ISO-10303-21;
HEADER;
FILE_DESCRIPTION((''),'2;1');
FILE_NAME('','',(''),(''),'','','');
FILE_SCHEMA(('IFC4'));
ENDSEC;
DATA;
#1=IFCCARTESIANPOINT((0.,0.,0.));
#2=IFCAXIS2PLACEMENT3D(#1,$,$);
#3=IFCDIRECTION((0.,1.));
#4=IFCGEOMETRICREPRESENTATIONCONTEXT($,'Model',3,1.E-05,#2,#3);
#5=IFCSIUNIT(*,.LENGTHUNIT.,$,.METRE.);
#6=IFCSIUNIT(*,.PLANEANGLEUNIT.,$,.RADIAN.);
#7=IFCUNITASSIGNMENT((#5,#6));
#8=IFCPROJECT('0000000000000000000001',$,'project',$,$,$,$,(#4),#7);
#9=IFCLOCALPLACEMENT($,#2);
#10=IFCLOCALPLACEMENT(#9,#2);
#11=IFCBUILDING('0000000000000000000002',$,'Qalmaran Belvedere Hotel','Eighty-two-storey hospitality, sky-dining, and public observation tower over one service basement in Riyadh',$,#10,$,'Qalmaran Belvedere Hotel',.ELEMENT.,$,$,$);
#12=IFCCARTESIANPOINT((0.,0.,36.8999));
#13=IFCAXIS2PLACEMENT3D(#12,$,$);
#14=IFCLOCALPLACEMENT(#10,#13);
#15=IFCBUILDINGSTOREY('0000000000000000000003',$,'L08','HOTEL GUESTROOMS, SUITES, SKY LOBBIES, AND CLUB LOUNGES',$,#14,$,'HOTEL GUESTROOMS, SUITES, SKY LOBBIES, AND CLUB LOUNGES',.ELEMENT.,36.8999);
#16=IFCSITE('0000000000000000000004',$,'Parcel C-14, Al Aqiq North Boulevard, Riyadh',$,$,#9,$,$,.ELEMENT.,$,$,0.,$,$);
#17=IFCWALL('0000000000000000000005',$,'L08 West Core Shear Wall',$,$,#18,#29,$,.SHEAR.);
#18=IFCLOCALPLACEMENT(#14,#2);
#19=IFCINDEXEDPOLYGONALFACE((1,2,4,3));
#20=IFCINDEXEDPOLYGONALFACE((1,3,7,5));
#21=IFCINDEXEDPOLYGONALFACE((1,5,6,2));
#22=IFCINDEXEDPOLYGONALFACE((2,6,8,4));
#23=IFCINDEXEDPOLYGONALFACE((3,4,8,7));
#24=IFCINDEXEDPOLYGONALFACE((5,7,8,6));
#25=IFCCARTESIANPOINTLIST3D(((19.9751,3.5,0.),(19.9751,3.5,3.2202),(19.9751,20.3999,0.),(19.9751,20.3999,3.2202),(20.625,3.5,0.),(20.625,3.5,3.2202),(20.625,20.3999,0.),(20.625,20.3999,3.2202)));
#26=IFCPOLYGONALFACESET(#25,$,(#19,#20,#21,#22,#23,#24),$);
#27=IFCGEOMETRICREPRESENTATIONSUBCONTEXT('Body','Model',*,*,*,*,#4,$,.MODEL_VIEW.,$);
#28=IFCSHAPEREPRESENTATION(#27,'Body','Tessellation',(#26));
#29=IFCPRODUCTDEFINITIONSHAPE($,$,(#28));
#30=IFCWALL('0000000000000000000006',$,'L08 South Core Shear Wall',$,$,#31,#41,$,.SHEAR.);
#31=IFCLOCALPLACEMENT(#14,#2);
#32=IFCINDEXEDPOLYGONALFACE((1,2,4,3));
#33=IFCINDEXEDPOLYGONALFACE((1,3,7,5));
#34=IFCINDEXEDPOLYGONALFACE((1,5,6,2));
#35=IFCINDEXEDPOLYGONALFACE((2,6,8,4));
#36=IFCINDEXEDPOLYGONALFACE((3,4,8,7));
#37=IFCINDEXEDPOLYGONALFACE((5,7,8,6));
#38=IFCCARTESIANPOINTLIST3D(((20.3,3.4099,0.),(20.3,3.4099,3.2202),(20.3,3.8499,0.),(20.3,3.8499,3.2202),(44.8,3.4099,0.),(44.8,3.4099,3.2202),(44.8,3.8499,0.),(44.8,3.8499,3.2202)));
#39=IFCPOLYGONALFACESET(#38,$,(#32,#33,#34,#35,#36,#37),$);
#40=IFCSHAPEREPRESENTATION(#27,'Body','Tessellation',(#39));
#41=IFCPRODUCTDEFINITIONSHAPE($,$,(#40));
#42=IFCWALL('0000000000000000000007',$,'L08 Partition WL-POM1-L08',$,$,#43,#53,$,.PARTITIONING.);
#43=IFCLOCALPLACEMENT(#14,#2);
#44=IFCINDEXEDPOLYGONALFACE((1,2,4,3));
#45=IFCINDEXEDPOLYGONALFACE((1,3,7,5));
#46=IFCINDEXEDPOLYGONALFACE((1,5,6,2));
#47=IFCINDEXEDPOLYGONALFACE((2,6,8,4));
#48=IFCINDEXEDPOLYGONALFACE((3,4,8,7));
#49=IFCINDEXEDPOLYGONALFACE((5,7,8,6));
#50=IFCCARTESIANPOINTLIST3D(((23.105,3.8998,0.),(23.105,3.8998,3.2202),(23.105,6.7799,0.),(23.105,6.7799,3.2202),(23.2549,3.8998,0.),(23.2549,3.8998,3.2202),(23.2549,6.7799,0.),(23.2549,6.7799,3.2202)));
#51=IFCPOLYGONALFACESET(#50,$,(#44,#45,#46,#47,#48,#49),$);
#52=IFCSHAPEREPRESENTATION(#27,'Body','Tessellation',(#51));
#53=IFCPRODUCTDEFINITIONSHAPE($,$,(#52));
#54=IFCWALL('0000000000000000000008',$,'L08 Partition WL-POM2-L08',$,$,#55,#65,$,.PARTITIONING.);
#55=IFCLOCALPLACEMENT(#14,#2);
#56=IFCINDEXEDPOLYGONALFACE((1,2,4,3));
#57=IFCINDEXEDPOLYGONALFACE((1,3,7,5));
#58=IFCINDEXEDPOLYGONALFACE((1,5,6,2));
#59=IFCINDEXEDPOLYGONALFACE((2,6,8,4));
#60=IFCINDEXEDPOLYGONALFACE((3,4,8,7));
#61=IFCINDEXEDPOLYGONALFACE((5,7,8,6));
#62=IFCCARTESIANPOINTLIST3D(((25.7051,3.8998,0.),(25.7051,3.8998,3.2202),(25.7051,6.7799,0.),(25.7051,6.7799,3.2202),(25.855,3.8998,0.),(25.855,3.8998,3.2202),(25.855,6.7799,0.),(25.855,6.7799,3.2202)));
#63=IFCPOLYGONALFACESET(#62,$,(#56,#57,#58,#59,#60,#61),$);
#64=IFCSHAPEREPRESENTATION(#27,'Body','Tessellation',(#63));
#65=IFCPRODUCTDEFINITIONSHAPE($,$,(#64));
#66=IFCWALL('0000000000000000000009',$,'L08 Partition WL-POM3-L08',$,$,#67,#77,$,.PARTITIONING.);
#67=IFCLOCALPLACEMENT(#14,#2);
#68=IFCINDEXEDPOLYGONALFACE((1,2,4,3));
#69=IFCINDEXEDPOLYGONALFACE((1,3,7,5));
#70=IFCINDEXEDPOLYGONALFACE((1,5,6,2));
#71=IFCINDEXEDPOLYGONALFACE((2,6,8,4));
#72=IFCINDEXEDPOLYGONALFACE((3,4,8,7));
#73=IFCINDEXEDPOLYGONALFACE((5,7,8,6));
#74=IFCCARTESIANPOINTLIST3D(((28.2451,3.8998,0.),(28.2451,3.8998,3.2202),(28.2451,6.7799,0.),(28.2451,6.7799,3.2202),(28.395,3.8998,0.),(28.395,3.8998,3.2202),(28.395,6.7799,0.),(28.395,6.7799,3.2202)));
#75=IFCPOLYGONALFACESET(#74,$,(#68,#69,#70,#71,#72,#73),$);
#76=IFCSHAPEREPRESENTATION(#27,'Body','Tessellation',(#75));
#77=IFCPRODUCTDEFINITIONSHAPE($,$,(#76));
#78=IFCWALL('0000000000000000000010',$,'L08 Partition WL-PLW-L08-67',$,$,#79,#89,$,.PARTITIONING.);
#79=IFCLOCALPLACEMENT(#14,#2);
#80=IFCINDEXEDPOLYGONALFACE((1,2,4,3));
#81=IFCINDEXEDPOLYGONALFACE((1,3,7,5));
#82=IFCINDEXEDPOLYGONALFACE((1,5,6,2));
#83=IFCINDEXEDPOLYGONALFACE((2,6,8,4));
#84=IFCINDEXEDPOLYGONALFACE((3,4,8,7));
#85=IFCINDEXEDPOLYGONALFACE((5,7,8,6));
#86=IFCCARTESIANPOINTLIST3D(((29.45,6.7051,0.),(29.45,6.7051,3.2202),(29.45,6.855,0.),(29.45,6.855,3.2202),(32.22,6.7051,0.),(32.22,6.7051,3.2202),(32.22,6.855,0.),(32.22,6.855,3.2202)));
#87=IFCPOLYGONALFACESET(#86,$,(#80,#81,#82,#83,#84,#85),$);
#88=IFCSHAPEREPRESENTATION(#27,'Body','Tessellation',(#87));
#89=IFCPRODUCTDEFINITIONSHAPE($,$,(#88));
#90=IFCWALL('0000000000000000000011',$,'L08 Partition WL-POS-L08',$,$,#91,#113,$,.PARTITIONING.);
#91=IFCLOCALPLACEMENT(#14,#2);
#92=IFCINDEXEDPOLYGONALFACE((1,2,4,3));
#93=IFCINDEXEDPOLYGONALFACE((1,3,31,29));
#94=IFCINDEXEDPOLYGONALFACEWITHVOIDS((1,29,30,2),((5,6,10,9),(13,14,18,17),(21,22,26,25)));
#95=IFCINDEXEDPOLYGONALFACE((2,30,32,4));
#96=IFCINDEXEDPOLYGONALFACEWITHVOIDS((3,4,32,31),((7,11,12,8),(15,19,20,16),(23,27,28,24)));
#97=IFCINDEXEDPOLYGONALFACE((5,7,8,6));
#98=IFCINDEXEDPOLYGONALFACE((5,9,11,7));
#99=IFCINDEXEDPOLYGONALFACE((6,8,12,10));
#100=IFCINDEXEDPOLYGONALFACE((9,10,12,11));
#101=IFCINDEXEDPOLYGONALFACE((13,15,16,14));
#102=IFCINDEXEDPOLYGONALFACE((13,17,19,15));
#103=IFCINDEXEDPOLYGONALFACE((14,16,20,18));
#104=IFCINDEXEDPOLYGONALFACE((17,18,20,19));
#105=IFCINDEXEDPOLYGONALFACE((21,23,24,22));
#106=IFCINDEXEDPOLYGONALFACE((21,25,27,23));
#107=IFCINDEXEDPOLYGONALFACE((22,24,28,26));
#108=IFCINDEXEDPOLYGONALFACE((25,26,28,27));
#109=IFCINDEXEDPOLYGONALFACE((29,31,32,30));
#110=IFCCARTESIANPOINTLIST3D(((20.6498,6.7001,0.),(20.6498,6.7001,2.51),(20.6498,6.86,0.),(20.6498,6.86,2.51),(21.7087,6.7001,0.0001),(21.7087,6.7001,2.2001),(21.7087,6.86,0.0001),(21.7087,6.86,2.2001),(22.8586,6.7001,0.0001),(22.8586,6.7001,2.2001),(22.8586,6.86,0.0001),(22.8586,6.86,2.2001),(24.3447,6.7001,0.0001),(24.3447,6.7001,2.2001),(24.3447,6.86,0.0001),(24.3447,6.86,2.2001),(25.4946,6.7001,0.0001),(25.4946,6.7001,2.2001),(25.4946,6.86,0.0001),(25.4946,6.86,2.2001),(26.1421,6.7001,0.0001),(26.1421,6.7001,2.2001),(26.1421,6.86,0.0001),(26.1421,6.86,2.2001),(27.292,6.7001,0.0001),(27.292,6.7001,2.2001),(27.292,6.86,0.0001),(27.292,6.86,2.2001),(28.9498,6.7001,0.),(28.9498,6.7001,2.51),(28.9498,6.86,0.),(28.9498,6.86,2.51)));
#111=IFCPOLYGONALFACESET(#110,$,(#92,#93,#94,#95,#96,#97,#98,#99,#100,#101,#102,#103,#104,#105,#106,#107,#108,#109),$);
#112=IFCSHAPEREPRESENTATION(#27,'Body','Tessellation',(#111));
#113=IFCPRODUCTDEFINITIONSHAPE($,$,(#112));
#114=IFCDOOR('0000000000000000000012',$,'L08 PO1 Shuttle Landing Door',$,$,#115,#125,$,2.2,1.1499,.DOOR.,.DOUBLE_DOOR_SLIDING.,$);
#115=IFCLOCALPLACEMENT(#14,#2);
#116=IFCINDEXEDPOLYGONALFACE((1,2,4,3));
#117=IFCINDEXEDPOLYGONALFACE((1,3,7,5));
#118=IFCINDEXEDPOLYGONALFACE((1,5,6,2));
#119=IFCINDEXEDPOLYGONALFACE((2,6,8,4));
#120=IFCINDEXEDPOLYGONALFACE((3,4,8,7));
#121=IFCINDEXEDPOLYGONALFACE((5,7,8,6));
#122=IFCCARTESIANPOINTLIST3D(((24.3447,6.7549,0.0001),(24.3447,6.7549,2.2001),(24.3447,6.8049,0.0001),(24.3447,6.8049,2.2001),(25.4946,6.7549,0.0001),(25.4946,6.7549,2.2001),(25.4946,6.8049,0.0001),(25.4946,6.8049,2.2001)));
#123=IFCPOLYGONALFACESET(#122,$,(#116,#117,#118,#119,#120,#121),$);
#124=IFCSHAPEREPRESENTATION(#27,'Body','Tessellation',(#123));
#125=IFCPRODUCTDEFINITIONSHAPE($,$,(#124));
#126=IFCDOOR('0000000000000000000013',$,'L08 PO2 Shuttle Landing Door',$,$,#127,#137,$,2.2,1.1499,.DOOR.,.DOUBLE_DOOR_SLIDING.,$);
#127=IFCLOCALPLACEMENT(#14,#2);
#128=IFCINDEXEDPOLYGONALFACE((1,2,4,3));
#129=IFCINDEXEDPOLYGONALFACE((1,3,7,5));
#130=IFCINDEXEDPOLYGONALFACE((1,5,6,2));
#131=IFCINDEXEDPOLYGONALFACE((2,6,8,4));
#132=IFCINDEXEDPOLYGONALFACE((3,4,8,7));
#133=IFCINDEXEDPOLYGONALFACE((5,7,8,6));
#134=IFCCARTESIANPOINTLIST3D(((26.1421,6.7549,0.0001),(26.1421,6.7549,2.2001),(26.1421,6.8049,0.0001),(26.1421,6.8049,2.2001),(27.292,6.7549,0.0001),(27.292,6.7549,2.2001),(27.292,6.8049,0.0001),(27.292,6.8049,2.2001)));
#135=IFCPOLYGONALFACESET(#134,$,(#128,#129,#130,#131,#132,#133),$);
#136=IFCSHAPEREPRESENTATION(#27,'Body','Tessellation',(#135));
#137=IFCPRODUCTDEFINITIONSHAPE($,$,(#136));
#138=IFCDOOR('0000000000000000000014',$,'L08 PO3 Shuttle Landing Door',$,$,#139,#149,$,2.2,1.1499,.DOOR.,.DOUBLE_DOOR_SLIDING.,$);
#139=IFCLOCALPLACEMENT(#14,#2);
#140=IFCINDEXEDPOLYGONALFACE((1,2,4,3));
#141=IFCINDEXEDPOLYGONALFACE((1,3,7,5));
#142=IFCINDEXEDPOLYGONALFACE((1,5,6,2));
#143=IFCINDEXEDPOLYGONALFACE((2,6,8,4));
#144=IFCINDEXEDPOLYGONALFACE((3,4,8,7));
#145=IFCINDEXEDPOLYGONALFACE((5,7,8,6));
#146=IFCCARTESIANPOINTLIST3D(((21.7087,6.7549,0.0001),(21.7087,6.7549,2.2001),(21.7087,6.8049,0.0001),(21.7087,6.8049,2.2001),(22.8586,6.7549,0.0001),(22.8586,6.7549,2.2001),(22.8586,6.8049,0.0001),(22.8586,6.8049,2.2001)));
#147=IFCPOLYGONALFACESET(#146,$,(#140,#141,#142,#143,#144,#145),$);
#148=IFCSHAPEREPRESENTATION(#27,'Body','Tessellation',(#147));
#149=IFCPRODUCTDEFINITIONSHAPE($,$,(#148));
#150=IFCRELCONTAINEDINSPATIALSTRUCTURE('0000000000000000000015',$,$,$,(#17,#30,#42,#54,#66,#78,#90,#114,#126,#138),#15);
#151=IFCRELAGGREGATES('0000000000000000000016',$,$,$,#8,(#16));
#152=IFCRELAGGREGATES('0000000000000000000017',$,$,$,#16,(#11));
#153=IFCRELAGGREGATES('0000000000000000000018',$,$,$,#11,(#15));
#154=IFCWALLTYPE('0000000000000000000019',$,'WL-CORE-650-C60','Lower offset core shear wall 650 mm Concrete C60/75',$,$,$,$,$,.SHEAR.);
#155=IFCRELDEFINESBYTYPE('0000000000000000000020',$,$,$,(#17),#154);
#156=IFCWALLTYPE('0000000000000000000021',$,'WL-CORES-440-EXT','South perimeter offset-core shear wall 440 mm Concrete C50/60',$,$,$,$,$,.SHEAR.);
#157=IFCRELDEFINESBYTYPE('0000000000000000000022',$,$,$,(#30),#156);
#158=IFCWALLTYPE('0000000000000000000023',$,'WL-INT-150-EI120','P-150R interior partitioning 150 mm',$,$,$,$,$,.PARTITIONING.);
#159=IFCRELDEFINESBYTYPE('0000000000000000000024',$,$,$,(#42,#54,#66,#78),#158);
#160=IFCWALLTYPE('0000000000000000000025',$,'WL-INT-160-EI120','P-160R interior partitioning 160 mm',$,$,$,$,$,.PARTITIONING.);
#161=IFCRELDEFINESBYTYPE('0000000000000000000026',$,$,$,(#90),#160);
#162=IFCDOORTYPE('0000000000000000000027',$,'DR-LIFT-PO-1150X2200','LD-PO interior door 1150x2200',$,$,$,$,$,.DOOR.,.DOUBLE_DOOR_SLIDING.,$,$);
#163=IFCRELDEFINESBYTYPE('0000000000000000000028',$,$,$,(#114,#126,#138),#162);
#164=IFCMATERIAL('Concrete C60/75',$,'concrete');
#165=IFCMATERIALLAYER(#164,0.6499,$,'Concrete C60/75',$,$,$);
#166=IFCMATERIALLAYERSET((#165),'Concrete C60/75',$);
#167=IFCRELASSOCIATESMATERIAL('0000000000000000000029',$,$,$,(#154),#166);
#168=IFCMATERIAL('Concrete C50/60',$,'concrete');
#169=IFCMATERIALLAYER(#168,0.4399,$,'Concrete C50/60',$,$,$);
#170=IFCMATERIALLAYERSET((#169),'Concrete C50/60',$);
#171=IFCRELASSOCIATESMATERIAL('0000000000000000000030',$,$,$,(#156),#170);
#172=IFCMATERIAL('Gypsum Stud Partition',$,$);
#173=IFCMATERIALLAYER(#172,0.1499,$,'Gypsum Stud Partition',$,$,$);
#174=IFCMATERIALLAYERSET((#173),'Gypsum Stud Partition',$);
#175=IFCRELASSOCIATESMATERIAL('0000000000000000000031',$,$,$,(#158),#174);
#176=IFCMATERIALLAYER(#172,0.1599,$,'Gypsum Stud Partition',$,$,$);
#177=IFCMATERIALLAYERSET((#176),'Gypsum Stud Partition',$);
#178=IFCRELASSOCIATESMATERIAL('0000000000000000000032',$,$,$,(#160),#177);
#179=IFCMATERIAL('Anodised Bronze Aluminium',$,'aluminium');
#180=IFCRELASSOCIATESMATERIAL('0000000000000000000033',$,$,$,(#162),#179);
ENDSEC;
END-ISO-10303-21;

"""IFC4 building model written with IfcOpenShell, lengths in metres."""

from ifc_helpers import new_model, si_unit, direction, frame, frame_2d, origin, place, context, subcontext, project, spatial, rectangle, extrude, material, layer, layer_set, type_object, element, fill, save


model = new_model("IFC4")

# Units and contexts
model_context = context("Model", 3, precision=1e-05, world=origin(), true_north=direction((0.0, 1.0)))
body_context = subcontext(model_context, "Body", "Model", "MODEL_VIEW")
ifc_project = project(units=[si_unit("LENGTHUNIT", "METRE"), si_unit("PLANEANGLEUNIT", "RADIAN")], contexts=[model_context])

# Site, building, storey
site_placement = place(None, origin())
site = spatial("IfcSite", under=ifc_project, at=site_placement, Name="Parcel C-14, Al Aqiq North Boulevard, Riyadh", CompositionType="ELEMENT", RefElevation=0.0)
building_placement = place(site_placement, origin())
building = spatial("IfcBuilding", under=site, at=building_placement, Name="Qalmaran Belvedere Hotel", Description="Eighty-two-storey hospitality, sky-dining, and public observation tower over one service basement in Riyadh", LongName="Qalmaran Belvedere Hotel", CompositionType="ELEMENT")
storey_placement = place(building_placement, frame((0.0, 0.0, 36.8999)))
storey = spatial("IfcBuildingStorey", under=building, at=storey_placement, Name="L08", Description="HOTEL GUESTROOMS, SUITES, SKY LOBBIES, AND CLUB LOUNGES", LongName="HOTEL GUESTROOMS, SUITES, SKY LOBBIES, AND CLUB LOUNGES", CompositionType="ELEMENT", Elevation=36.8999)

# Shared definitions
ifc_material_1 = material(Name="Concrete C60/75", Category="concrete")

# Shared definitions
ifc_material_2 = material(Name="Anodised Bronze Aluminium", Category="aluminium")

# Wall
ifc_layer_1 = layer(ifc_material_1, 0.6499, Name="Concrete C60/75")
ifc_layer_set_1 = layer_set([ifc_layer_1], Name="Concrete C60/75")
wall_type_1 = type_object("IfcWallType", Name="WL-CORE-650-C60", Description="Lower offset core shear wall 650 mm Concrete C60/75", PredefinedType="SHEAR", material=ifc_layer_set_1)
wall_1_placement = place(storey_placement, frame((20.3, 3.5, 0.0), z_axis=(0.0, 0.0, 1.0), x_axis=(0.0, 1.0, 0.0)))
element("IfcWall", 1, at=wall_1_placement, inside=storey, type_object=wall_type_1, Name="L08 West Core Shear Wall", PredefinedType="SHEAR", context=body_context, shape_type="SweptSolid", body=[
    extrude(rectangle(XDim=16.8999, YDim=0.6499, at=frame_2d((8.45, 0.0))), origin(), (0.0, 0.0, 1.0), 3.2202),
])

# Walls
ifc_material_3 = material(Name="Concrete C50/60", Category="concrete")
ifc_layer_2 = layer(ifc_material_3, 0.4399, Name="Concrete C50/60")
ifc_layer_set_2 = layer_set([ifc_layer_2], Name="Concrete C50/60")
wall_type_2 = type_object("IfcWallType", Name="WL-CORES-440-EXT", Description="South perimeter offset-core shear wall 440 mm Concrete C50/60", PredefinedType="SHEAR", material=ifc_layer_set_2)
wall_2_placement = place(storey_placement, frame((20.3, 3.6299, 0.0), z_axis=(0.0, 0.0, 1.0), x_axis=(1.0, 0.0, 0.0)))
element("IfcWall", 2, at=wall_2_placement, inside=storey, type_object=wall_type_2, Name="L08 South Core Shear Wall", PredefinedType="SHEAR", context=body_context, shape_type="SweptSolid", body=[
    extrude(rectangle(XDim=24.5, YDim=0.4399, at=frame_2d((12.25, 0.0))), origin(), (0.0, 0.0, 1.0), 3.2202),
])
ifc_material_4 = material(Name="Gypsum Stud Partition")
ifc_layer_3 = layer(ifc_material_4, 0.1499, Name="Gypsum Stud Partition")
ifc_layer_set_3 = layer_set([ifc_layer_3], Name="Gypsum Stud Partition")
wall_type_3 = type_object("IfcWallType", Name="WL-INT-150-EI120", Description="P-150R interior partitioning 150 mm", PredefinedType="PARTITIONING", material=ifc_layer_set_3)
for number, where, z_axis, x_axis, name in (
    (3, (23.1799, 3.8999, 0.0), (0.0, 0.0, 1.0), (0.0, 1.0, 0.0), "L08 Partition WL-POM1-L08"),
    (4, (25.78, 3.8999, 0.0), (0.0, 0.0, 1.0), (0.0, 1.0, 0.0), "L08 Partition WL-POM2-L08"),
    (5, (28.3201, 3.8999, 0.0), (0.0, 0.0, 1.0), (0.0, 1.0, 0.0), "L08 Partition WL-POM3-L08"),
):
    element("IfcWall", number, at=place(storey_placement, frame(where, z_axis=z_axis, x_axis=x_axis)), inside=storey, type_object=wall_type_3, Name=name, PredefinedType="PARTITIONING", context=body_context, shape_type="SweptSolid", body=[
        extrude(rectangle(XDim=2.8801, YDim=0.1499, at=frame_2d((1.4399, 0.0))), origin(), (0.0, 0.0, 1.0), 3.2202),
    ])
wall_3_placement = place(storey_placement, frame((29.45, 6.78, 0.0), z_axis=(0.0, 0.0, 1.0), x_axis=(1.0, 0.0, 0.0)))
element("IfcWall", 6, at=wall_3_placement, inside=storey, type_object=wall_type_3, Name="L08 Partition WL-PLW-L08-67", PredefinedType="PARTITIONING", context=body_context, shape_type="SweptSolid", body=[
    extrude(rectangle(XDim=2.77, YDim=0.1499, at=frame_2d((1.385, 0.0))), origin(), (0.0, 0.0, 1.0), 3.2202),
])

# Wall, openings, doors
ifc_layer_4 = layer(ifc_material_4, 0.1599, Name="Gypsum Stud Partition")
ifc_layer_set_4 = layer_set([ifc_layer_4], Name="Gypsum Stud Partition")
wall_type_4 = type_object("IfcWallType", Name="WL-INT-160-EI120", Description="P-160R interior partitioning 160 mm", PredefinedType="PARTITIONING", material=ifc_layer_set_4)
wall_4_placement = place(storey_placement, frame((20.6499, 6.78, 0.0), z_axis=(0.0, 0.0, 1.0), x_axis=(1.0, 0.0, 0.0)))
wall_4 = element("IfcWall", 7, at=wall_4_placement, inside=storey, type_object=wall_type_4, Name="L08 Partition WL-POS-L08", PredefinedType="PARTITIONING", context=body_context, shape_type="SweptSolid", body=[
    extrude(rectangle(XDim=8.3, YDim=0.1599, at=frame_2d((4.1499, 0.0))), origin(), (0.0, 0.0, 1.0), 2.51),
])
opening_1_placement = place(wall_4_placement, frame((3.6948, 0.0, 0.0)))
opening_1 = element("IfcOpeningElement", 8, at=opening_1_placement, cuts=wall_4, PredefinedType="OPENING", context=body_context, shape_type="SweptSolid", body=[
    extrude(rectangle(XDim=1.1499, YDim=2.2, at=frame_2d((0.575, 1.1001))), frame((0.0, 0.0898, 0.0), z_axis=(0.0, -1.0, 0.0), x_axis=(1.0, 0.0, 0.0)), (0.0, 0.0, 1.0), 0.1799),
])
opening_2_placement = place(wall_4_placement, frame((5.4922, 0.0, 0.0)))
opening_2 = element("IfcOpeningElement", 9, at=opening_2_placement, cuts=wall_4, PredefinedType="OPENING", context=body_context, shape_type="SweptSolid", body=[
    extrude(rectangle(XDim=1.1499, YDim=2.2, at=frame_2d((0.575, 1.1001))), frame((0.0, 0.0898, 0.0), z_axis=(0.0, -1.0, 0.0), x_axis=(1.0, 0.0, 0.0)), (0.0, 0.0, 1.0), 0.1799),
])
opening_3_placement = place(wall_4_placement, frame((1.0588, 0.0, 0.0)))
opening_3 = element("IfcOpeningElement", 10, at=opening_3_placement, cuts=wall_4, PredefinedType="OPENING", context=body_context, shape_type="SweptSolid", body=[
    extrude(rectangle(XDim=1.1499, YDim=2.2, at=frame_2d((0.575, 1.1001))), frame((0.0, 0.0898, 0.0), z_axis=(0.0, -1.0, 0.0), x_axis=(1.0, 0.0, 0.0)), (0.0, 0.0, 1.0), 0.1799),
])
door_type_1 = type_object("IfcDoorType", Name="DR-LIFT-PO-1150X2200", Description="LD-PO interior door 1150x2200", OperationType="DOUBLE_DOOR_SLIDING", PredefinedType="DOOR", material=ifc_material_2)
door_1_placement = place(opening_1_placement, origin())
door_1 = element("IfcDoor", 11, at=door_1_placement, inside=storey, type_object=door_type_1, Name="L08 PO1 Shuttle Landing Door", OperationType="DOUBLE_DOOR_SLIDING", OverallHeight=2.2, OverallWidth=1.1499, PredefinedType="DOOR", context=body_context, shape_type="SweptSolid", body=[
    extrude(rectangle(XDim=1.1499, YDim=2.2, at=frame_2d((0.575, 1.1001))), frame((0.0, 0.0249, 0.0), z_axis=(0.0, -1.0, 0.0), x_axis=(1.0, 0.0, 0.0)), (0.0, 0.0, 1.0), 0.05),
])
fill(opening_1, door_1)
door_2_placement = place(opening_2_placement, origin())
door_2 = element("IfcDoor", 12, at=door_2_placement, inside=storey, type_object=door_type_1, Name="L08 PO2 Shuttle Landing Door", OperationType="DOUBLE_DOOR_SLIDING", OverallHeight=2.2, OverallWidth=1.1499, PredefinedType="DOOR", context=body_context, shape_type="SweptSolid", body=[
    extrude(rectangle(XDim=1.1499, YDim=2.2, at=frame_2d((0.575, 1.1001))), frame((0.0, 0.0249, 0.0), z_axis=(0.0, -1.0, 0.0), x_axis=(1.0, 0.0, 0.0)), (0.0, 0.0, 1.0), 0.05),
])
fill(opening_2, door_2)
door_3_placement = place(opening_3_placement, origin())
door_3 = element("IfcDoor", 13, at=door_3_placement, inside=storey, type_object=door_type_1, Name="L08 PO3 Shuttle Landing Door", OperationType="DOUBLE_DOOR_SLIDING", OverallHeight=2.2, OverallWidth=1.1499, PredefinedType="DOOR", context=body_context, shape_type="SweptSolid", body=[
    extrude(rectangle(XDim=1.1499, YDim=2.2, at=frame_2d((0.575, 1.1001))), frame((0.0, 0.0249, 0.0), z_axis=(0.0, -1.0, 0.0), x_axis=(1.0, 0.0, 0.0)), (0.0, 0.0, 1.0), 0.05),
])
fill(opening_3, door_3)

save(model, "model.ifc")
